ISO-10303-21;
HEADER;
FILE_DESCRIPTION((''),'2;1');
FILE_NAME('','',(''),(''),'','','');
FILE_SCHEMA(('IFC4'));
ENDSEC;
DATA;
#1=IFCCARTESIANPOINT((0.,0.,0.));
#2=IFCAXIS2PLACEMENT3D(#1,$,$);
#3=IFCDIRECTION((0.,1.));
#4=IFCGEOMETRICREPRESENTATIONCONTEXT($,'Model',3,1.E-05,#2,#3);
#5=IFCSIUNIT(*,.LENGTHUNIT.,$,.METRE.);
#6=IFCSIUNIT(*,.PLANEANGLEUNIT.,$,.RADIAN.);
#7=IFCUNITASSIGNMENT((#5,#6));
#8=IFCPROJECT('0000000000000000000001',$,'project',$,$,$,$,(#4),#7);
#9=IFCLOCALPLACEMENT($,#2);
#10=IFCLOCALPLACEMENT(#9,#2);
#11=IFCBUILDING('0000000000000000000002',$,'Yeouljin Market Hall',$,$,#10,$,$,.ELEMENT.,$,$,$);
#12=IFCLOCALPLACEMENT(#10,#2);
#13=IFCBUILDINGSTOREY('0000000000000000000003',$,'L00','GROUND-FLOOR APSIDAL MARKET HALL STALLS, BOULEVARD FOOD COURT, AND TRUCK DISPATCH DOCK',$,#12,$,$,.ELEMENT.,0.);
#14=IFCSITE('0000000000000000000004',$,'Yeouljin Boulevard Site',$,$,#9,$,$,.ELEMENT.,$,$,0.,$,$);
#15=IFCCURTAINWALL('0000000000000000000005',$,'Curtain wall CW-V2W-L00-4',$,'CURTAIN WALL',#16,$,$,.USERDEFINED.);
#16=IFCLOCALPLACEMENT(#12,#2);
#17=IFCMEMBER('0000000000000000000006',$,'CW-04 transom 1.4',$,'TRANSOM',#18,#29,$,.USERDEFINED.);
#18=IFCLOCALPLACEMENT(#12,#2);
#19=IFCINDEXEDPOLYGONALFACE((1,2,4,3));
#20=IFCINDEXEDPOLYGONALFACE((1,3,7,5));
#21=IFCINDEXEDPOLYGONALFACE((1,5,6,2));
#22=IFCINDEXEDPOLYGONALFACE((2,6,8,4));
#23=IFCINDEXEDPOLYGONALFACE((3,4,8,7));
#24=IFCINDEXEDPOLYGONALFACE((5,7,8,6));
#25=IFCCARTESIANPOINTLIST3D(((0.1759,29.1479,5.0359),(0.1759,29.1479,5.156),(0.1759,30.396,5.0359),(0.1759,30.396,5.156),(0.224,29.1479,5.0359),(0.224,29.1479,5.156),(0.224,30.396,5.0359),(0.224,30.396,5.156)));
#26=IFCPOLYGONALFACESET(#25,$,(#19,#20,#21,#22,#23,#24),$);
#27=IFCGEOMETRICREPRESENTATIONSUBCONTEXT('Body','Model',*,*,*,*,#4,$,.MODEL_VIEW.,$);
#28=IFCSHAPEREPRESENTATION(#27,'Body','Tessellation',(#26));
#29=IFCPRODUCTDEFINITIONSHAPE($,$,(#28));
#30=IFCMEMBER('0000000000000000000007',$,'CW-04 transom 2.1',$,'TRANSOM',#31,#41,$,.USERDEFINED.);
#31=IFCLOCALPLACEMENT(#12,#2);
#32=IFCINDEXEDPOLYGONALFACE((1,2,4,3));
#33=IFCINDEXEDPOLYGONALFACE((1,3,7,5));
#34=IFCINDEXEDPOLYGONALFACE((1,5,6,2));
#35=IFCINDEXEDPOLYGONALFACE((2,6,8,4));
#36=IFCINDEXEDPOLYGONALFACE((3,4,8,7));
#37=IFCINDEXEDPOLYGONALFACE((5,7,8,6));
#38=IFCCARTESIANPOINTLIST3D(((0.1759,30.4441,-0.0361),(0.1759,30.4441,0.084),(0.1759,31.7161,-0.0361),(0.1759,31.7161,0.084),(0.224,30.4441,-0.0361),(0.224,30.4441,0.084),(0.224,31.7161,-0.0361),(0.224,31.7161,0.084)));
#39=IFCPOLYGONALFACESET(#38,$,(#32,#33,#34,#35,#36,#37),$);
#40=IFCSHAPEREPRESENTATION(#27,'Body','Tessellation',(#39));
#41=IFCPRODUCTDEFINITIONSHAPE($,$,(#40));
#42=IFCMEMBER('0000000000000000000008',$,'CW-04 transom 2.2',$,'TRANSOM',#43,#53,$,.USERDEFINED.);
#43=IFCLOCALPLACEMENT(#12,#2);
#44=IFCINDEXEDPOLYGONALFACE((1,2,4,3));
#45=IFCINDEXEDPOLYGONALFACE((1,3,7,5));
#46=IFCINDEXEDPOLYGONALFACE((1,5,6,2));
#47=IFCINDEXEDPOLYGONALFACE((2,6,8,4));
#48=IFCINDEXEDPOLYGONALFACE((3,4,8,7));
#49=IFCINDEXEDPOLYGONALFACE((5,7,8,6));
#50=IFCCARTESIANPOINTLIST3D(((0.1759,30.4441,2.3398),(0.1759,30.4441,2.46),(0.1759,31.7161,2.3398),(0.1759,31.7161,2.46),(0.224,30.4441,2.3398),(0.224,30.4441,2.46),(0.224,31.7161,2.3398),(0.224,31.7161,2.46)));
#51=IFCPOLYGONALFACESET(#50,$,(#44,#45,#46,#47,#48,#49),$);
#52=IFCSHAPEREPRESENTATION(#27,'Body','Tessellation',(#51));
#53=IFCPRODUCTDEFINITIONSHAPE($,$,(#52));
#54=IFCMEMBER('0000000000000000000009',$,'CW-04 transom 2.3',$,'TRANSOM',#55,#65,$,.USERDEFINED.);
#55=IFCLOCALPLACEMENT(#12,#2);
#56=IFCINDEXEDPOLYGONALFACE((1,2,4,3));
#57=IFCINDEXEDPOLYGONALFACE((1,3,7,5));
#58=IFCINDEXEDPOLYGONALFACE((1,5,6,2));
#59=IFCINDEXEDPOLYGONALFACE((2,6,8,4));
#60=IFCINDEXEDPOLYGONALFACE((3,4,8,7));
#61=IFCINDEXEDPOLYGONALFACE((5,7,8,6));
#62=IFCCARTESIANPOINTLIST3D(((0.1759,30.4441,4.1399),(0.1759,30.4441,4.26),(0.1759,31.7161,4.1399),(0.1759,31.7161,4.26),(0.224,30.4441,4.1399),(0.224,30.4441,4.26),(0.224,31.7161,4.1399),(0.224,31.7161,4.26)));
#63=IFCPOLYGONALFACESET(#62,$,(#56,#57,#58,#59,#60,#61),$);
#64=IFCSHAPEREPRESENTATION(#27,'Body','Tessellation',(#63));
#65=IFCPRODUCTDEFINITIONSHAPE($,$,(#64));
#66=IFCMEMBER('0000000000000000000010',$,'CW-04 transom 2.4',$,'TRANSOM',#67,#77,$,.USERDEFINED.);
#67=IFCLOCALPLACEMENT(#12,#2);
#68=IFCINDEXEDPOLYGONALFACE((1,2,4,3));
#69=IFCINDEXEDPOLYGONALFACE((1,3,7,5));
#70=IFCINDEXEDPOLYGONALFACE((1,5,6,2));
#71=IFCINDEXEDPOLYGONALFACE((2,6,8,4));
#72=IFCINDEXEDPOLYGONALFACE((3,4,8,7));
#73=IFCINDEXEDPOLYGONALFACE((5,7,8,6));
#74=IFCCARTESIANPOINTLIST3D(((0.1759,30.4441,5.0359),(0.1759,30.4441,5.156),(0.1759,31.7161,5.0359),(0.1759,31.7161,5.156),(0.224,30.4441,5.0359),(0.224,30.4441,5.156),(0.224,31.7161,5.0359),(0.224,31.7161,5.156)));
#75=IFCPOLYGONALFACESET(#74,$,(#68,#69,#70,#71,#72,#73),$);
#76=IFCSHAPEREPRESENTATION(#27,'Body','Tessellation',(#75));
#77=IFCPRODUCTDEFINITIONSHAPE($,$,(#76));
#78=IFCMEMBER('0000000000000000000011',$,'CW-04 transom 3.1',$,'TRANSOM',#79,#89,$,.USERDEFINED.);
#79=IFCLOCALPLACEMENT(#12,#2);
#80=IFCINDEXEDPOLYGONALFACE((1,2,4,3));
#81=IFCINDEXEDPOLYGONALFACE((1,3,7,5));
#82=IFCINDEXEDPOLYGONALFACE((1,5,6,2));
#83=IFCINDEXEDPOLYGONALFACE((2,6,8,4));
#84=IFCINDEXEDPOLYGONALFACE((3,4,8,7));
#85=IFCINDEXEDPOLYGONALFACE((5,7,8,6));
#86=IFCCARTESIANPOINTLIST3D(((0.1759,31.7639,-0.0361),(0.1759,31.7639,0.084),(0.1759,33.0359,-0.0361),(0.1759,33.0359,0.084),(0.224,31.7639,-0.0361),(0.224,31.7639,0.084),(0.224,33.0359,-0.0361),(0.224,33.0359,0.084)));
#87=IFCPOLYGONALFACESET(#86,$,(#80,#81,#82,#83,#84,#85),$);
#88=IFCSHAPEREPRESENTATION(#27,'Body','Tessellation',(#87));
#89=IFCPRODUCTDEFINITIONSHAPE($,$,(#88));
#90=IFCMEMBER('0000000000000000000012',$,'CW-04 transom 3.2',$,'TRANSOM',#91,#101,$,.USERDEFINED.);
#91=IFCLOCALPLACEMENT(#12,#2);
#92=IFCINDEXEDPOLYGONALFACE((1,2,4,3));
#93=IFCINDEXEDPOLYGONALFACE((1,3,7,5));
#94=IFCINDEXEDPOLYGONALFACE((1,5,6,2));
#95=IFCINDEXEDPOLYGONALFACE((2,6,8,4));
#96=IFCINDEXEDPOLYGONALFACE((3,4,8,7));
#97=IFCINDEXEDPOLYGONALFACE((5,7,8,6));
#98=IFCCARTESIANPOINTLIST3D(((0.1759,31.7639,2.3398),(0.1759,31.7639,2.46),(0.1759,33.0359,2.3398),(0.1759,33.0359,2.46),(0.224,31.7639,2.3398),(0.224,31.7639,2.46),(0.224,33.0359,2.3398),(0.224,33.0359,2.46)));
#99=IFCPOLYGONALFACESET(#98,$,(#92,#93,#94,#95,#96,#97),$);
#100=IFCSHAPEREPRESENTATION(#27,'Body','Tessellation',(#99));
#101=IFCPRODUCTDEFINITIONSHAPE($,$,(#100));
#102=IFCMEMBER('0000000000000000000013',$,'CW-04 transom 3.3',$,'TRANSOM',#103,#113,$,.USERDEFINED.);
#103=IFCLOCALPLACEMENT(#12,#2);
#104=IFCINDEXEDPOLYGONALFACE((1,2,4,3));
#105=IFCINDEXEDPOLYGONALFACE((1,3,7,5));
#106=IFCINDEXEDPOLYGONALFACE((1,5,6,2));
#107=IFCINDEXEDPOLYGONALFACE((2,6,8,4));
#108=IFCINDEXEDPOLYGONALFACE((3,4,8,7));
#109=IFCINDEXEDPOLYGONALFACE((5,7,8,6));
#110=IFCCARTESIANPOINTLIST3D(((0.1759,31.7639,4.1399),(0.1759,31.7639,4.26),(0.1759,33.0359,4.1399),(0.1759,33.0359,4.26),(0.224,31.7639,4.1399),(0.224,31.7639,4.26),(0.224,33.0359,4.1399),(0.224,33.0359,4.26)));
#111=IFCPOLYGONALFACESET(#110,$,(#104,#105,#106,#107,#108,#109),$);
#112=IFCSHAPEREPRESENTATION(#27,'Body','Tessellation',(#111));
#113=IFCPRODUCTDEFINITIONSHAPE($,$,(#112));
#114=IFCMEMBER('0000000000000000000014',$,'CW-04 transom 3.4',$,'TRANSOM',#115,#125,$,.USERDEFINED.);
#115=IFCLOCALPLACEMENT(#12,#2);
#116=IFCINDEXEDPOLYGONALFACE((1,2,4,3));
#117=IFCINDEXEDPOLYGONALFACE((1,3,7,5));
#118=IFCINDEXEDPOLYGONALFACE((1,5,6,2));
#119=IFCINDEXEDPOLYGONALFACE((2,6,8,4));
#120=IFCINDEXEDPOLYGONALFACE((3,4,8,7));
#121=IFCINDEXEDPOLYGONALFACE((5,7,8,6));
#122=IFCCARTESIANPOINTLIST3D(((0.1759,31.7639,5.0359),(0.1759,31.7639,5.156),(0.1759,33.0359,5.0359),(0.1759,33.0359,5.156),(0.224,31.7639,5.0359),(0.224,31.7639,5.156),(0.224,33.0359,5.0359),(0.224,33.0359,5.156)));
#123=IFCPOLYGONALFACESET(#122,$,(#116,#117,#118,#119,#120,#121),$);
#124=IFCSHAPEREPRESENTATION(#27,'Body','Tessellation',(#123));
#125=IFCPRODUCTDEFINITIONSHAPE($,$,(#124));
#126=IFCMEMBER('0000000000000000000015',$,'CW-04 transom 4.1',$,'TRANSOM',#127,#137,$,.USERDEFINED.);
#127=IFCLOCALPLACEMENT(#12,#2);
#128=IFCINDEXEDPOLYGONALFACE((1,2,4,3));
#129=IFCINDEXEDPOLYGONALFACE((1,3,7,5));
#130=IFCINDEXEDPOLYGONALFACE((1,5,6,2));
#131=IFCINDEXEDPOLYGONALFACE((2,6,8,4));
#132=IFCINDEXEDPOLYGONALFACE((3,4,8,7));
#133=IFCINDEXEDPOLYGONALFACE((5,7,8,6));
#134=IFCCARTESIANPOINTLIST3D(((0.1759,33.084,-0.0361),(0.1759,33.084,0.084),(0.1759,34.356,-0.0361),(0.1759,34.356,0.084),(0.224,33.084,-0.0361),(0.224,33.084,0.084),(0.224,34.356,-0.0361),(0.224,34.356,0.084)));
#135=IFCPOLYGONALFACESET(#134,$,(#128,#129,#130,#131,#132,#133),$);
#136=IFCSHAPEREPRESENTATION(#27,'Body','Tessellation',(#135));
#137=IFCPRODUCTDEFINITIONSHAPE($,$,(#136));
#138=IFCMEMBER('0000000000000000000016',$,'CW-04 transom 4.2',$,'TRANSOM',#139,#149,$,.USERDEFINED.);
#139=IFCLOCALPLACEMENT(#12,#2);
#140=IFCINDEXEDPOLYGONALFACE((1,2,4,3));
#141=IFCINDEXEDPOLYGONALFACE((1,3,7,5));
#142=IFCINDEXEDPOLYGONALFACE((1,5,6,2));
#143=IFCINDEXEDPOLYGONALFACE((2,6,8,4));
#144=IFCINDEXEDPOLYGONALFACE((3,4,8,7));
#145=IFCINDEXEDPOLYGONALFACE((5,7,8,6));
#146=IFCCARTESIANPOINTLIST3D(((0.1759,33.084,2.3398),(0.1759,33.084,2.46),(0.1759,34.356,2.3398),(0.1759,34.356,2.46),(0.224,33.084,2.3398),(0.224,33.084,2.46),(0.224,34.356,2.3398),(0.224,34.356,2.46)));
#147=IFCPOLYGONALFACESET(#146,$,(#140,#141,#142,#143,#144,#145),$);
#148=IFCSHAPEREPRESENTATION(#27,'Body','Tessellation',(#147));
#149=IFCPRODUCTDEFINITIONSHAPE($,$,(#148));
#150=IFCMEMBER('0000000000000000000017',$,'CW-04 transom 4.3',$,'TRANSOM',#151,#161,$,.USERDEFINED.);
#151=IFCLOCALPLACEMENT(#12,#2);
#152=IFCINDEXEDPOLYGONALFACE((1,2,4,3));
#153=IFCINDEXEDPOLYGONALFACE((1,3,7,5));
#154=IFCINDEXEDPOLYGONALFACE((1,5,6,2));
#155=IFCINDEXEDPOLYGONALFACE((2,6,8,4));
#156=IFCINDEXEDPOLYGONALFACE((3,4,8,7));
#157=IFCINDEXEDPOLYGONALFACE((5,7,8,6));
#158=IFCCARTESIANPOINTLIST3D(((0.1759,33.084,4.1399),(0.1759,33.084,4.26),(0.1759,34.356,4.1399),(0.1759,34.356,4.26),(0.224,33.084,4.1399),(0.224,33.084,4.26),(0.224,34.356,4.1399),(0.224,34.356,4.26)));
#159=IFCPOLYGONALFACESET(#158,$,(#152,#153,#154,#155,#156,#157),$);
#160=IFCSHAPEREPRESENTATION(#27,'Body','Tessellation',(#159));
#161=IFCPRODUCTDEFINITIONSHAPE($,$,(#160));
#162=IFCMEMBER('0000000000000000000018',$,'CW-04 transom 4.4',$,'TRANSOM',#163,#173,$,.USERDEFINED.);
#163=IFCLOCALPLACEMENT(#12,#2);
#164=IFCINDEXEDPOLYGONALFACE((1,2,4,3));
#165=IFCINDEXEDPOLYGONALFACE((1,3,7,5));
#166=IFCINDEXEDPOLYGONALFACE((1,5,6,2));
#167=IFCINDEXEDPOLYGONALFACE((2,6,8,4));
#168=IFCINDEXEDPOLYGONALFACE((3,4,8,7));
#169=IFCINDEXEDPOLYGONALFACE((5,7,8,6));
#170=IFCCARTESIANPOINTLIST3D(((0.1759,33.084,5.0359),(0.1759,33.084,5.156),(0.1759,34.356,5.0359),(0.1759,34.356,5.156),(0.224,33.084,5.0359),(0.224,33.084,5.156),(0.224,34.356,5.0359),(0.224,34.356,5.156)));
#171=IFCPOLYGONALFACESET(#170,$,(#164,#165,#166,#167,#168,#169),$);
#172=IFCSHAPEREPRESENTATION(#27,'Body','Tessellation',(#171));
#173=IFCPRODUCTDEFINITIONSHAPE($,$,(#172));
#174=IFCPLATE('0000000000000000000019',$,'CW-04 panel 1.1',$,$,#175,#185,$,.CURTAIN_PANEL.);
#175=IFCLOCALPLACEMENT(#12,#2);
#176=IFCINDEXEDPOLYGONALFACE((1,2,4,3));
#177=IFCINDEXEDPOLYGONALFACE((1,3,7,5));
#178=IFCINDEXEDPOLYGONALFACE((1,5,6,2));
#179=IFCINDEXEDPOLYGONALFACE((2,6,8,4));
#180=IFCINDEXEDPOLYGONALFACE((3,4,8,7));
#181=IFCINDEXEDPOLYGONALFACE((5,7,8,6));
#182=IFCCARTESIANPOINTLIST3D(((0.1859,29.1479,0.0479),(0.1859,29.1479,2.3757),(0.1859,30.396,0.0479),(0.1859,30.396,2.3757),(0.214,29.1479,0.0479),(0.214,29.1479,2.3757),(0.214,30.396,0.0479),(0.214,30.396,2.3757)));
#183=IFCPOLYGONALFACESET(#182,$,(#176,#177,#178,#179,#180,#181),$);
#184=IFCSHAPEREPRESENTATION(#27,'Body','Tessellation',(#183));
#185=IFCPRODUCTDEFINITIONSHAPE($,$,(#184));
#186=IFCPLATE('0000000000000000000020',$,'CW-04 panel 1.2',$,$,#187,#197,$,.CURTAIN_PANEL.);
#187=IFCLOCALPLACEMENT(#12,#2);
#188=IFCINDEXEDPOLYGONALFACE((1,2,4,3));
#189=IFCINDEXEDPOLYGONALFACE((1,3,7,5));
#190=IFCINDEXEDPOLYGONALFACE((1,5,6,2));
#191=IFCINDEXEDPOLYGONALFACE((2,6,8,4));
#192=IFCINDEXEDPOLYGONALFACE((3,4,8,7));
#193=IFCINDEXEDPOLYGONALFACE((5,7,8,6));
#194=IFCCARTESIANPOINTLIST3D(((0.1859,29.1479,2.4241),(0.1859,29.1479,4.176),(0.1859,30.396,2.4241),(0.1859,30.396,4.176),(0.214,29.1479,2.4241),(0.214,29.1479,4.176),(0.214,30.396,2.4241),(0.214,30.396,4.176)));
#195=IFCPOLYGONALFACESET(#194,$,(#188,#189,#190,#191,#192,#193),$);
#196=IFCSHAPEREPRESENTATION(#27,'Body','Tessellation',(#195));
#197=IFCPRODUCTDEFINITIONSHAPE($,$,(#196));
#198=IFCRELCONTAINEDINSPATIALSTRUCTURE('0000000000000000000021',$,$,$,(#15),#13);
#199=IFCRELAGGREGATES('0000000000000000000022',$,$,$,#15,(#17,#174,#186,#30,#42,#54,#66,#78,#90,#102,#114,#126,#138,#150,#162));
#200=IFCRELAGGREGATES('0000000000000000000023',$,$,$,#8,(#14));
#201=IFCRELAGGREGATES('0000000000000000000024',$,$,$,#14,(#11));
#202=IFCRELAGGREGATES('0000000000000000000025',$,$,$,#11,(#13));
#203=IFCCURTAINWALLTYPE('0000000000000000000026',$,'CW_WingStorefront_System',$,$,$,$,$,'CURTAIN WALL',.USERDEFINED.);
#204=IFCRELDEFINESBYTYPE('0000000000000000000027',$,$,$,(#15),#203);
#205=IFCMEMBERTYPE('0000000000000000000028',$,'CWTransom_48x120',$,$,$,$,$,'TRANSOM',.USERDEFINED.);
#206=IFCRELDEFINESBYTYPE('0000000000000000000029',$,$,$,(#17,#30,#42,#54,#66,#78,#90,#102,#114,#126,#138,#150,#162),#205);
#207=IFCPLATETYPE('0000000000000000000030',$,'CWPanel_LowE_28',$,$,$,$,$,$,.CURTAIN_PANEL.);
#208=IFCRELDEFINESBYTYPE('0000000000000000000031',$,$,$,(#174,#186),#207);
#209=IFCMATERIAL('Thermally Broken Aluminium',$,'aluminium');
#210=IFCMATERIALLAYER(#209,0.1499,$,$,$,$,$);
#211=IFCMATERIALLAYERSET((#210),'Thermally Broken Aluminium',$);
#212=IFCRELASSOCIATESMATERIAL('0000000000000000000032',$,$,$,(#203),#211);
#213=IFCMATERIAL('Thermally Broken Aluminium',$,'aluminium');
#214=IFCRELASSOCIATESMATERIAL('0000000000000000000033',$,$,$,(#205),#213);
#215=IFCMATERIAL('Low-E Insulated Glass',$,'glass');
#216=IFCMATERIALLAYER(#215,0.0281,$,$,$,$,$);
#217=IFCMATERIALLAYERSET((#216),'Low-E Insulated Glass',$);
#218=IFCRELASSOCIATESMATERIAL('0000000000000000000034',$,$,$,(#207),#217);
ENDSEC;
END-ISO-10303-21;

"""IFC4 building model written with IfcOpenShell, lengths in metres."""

from ifc_helpers import new_model, si_unit, direction, frame, origin, origin_2d, place, context, subcontext, project, spatial, rectangle, extrude, material, layer, layer_set, material_profile, profile_set, type_object, element, aggregate, save


model = new_model("IFC4")

# Units and contexts
model_context = context("Model", 3, precision=1e-05, world=origin(), true_north=direction((0.0, 1.0)))
body_context = subcontext(model_context, "Body", "Model", "MODEL_VIEW")
ifc_project = project(units=[si_unit("LENGTHUNIT", "METRE"), si_unit("PLANEANGLEUNIT", "RADIAN")], contexts=[model_context])

# Site, building, storey
site_placement = place(None, origin())
site = spatial("IfcSite", under=ifc_project, at=site_placement, Name="Yeouljin Boulevard Site", CompositionType="ELEMENT", RefElevation=0.0)
building_placement = place(site_placement, origin())
building = spatial("IfcBuilding", under=site, at=building_placement, Name="Yeouljin Market Hall", CompositionType="ELEMENT")
storey_placement = place(building_placement, origin())
storey = spatial("IfcBuildingStorey", under=building, at=storey_placement, Name="L00", Description="GROUND-FLOOR APSIDAL MARKET HALL STALLS, BOULEVARD FOOD COURT, AND TRUCK DISPATCH DOCK", CompositionType="ELEMENT", Elevation=0.0)

# Curtain wall, members, plates
ifc_material_1 = material(Name="Thermally Broken Aluminium", Category="aluminium")
ifc_layer_1 = layer(ifc_material_1, 0.1499)
ifc_layer_set_1 = layer_set([ifc_layer_1], Name="Thermally Broken Aluminium")
curtain_wall_type = type_object("IfcCurtainWallType", Name="CW_WingStorefront_System", ElementType="CURTAIN WALL", PredefinedType="USERDEFINED", material=ifc_layer_set_1)
curtain_wall_placement = place(storey_placement, origin())
curtain_wall = element("IfcCurtainWall", 1, at=curtain_wall_placement, inside=storey, type_object=curtain_wall_type, Name="Curtain wall CW-V2W-L00-4", ObjectType="CURTAIN WALL", PredefinedType="USERDEFINED")
ifc_material_2 = material(Name="Thermally Broken Aluminium", Category="aluminium")
ifc_material_profile_1 = material_profile(ifc_material_2, rectangle(XDim=0.0481, YDim=0.1201, at=origin_2d()), Name="CW-TRAN-48x120")
ifc_profile_set_1 = profile_set([ifc_material_profile_1], Name="Thermally Broken Aluminium")
member_type_1 = type_object("IfcMemberType", Name="CWTransom_48x120", ElementType="TRANSOM", PredefinedType="USERDEFINED", material=ifc_profile_set_1)
member_1_placement = place(storey_placement, frame((0.2, 29.1479, 5.0959), z_axis=(0.0, 1.0, 0.0), x_axis=(-1.0, 0.0, 0.0)))
member_1 = element("IfcMember", 2, at=member_1_placement, type_object=member_type_1, Name="CW-04 transom 1.4", ObjectType="TRANSOM", PredefinedType="USERDEFINED", context=body_context, shape_type="SweptSolid", body=[
    extrude(rectangle(XDim=0.0481, YDim=0.1201, at=origin_2d()), origin(), (0.0, 0.0, 1.0), 1.248),
])
member_2_placement = place(storey_placement, frame((0.2, 30.4441, 0.0239), z_axis=(0.0, 1.0, 0.0), x_axis=(-1.0, 0.0, 0.0)))
member_2 = element("IfcMember", 3, at=member_2_placement, type_object=member_type_1, Name="CW-04 transom 2.1", ObjectType="TRANSOM", PredefinedType="USERDEFINED", context=body_context, shape_type="SweptSolid", body=[
    extrude(rectangle(XDim=0.0481, YDim=0.1201, at=origin_2d()), origin(), (0.0, 0.0, 1.0), 1.272),
])
member_3_placement = place(storey_placement, frame((0.2, 30.4441, 2.3999), z_axis=(0.0, 1.0, 0.0), x_axis=(-1.0, 0.0, 0.0)))
member_3 = element("IfcMember", 4, at=member_3_placement, type_object=member_type_1, Name="CW-04 transom 2.2", ObjectType="TRANSOM", PredefinedType="USERDEFINED", context=body_context, shape_type="SweptSolid", body=[
    extrude(rectangle(XDim=0.0481, YDim=0.1201, at=origin_2d()), origin(), (0.0, 0.0, 1.0), 1.272),
])
member_4_placement = place(storey_placement, frame((0.2, 30.4441, 4.2), z_axis=(0.0, 1.0, 0.0), x_axis=(-1.0, 0.0, 0.0)))
member_4 = element("IfcMember", 5, at=member_4_placement, type_object=member_type_1, Name="CW-04 transom 2.3", ObjectType="TRANSOM", PredefinedType="USERDEFINED", context=body_context, shape_type="SweptSolid", body=[
    extrude(rectangle(XDim=0.0481, YDim=0.1201, at=origin_2d()), origin(), (0.0, 0.0, 1.0), 1.272),
])
member_5_placement = place(storey_placement, frame((0.2, 30.4441, 5.0959), z_axis=(0.0, 1.0, 0.0), x_axis=(-1.0, 0.0, 0.0)))
member_5 = element("IfcMember", 6, at=member_5_placement, type_object=member_type_1, Name="CW-04 transom 2.4", ObjectType="TRANSOM", PredefinedType="USERDEFINED", context=body_context, shape_type="SweptSolid", body=[
    extrude(rectangle(XDim=0.0481, YDim=0.1201, at=origin_2d()), origin(), (0.0, 0.0, 1.0), 1.272),
])
member_6_placement = place(storey_placement, frame((0.2, 31.7639, 0.0239), z_axis=(0.0, 1.0, 0.0), x_axis=(-1.0, 0.0, 0.0)))
member_6 = element("IfcMember", 7, at=member_6_placement, type_object=member_type_1, Name="CW-04 transom 3.1", ObjectType="TRANSOM", PredefinedType="USERDEFINED", context=body_context, shape_type="SweptSolid", body=[
    extrude(rectangle(XDim=0.0481, YDim=0.1201, at=origin_2d()), origin(), (0.0, 0.0, 1.0), 1.272),
])
member_7_placement = place(storey_placement, frame((0.2, 31.7639, 2.3999), z_axis=(0.0, 1.0, 0.0), x_axis=(-1.0, 0.0, 0.0)))
member_7 = element("IfcMember", 8, at=member_7_placement, type_object=member_type_1, Name="CW-04 transom 3.2", ObjectType="TRANSOM", PredefinedType="USERDEFINED", context=body_context, shape_type="SweptSolid", body=[
    extrude(rectangle(XDim=0.0481, YDim=0.1201, at=origin_2d()), origin(), (0.0, 0.0, 1.0), 1.272),
])
member_8_placement = place(storey_placement, frame((0.2, 31.7639, 4.2), z_axis=(0.0, 1.0, 0.0), x_axis=(-1.0, 0.0, 0.0)))
member_8 = element("IfcMember", 9, at=member_8_placement, type_object=member_type_1, Name="CW-04 transom 3.3", ObjectType="TRANSOM", PredefinedType="USERDEFINED", context=body_context, shape_type="SweptSolid", body=[
    extrude(rectangle(XDim=0.0481, YDim=0.1201, at=origin_2d()), origin(), (0.0, 0.0, 1.0), 1.272),
])
member_9_placement = place(storey_placement, frame((0.2, 31.7639, 5.0959), z_axis=(0.0, 1.0, 0.0), x_axis=(-1.0, 0.0, 0.0)))
member_9 = element("IfcMember", 10, at=member_9_placement, type_object=member_type_1, Name="CW-04 transom 3.4", ObjectType="TRANSOM", PredefinedType="USERDEFINED", context=body_context, shape_type="SweptSolid", body=[
    extrude(rectangle(XDim=0.0481, YDim=0.1201, at=origin_2d()), origin(), (0.0, 0.0, 1.0), 1.272),
])
member_10_placement = place(storey_placement, frame((0.2, 33.084, 0.0239), z_axis=(0.0, 1.0, 0.0), x_axis=(-1.0, 0.0, 0.0)))
member_10 = element("IfcMember", 11, at=member_10_placement, type_object=member_type_1, Name="CW-04 transom 4.1", ObjectType="TRANSOM", PredefinedType="USERDEFINED", context=body_context, shape_type="SweptSolid", body=[
    extrude(rectangle(XDim=0.0481, YDim=0.1201, at=origin_2d()), origin(), (0.0, 0.0, 1.0), 1.272),
])
member_11_placement = place(storey_placement, frame((0.2, 33.084, 2.3999), z_axis=(0.0, 1.0, 0.0), x_axis=(-1.0, 0.0, 0.0)))
member_11 = element("IfcMember", 12, at=member_11_placement, type_object=member_type_1, Name="CW-04 transom 4.2", ObjectType="TRANSOM", PredefinedType="USERDEFINED", context=body_context, shape_type="SweptSolid", body=[
    extrude(rectangle(XDim=0.0481, YDim=0.1201, at=origin_2d()), origin(), (0.0, 0.0, 1.0), 1.272),
])
member_12_placement = place(storey_placement, frame((0.2, 33.084, 4.2), z_axis=(0.0, 1.0, 0.0), x_axis=(-1.0, 0.0, 0.0)))
member_12 = element("IfcMember", 13, at=member_12_placement, type_object=member_type_1, Name="CW-04 transom 4.3", ObjectType="TRANSOM", PredefinedType="USERDEFINED", context=body_context, shape_type="SweptSolid", body=[
    extrude(rectangle(XDim=0.0481, YDim=0.1201, at=origin_2d()), origin(), (0.0, 0.0, 1.0), 1.272),
])
member_13_placement = place(storey_placement, frame((0.2, 33.084, 5.0959), z_axis=(0.0, 1.0, 0.0), x_axis=(-1.0, 0.0, 0.0)))
member_13 = element("IfcMember", 14, at=member_13_placement, type_object=member_type_1, Name="CW-04 transom 4.4", ObjectType="TRANSOM", PredefinedType="USERDEFINED", context=body_context, shape_type="SweptSolid", body=[
    extrude(rectangle(XDim=0.0481, YDim=0.1201, at=origin_2d()), origin(), (0.0, 0.0, 1.0), 1.272),
])
ifc_material_3 = material(Name="Low-E Insulated Glass", Category="glass")
ifc_layer_2 = layer(ifc_material_3, 0.0281)
ifc_layer_set_2 = layer_set([ifc_layer_2], Name="Low-E Insulated Glass")
plate_type = type_object("IfcPlateType", Name="CWPanel_LowE_28", PredefinedType="CURTAIN_PANEL", material=ifc_layer_set_2)
plate_1_placement = place(storey_placement, frame((0.2, 29.772, 0.0479), z_axis=(0.0, 0.0, 1.0), x_axis=(0.0, 1.0, 0.0)))
plate_1 = element("IfcPlate", 15, at=plate_1_placement, type_object=plate_type, Name="CW-04 panel 1.1", PredefinedType="CURTAIN_PANEL", context=body_context, shape_type="SweptSolid", body=[
    extrude(rectangle(XDim=1.248, YDim=0.0281, at=origin_2d()), origin(), (0.0, 0.0, 1.0), 2.3279),
])
plate_2_placement = place(storey_placement, frame((0.2, 29.772, 2.4241), z_axis=(0.0, 0.0, 1.0), x_axis=(0.0, 1.0, 0.0)))
plate_2 = element("IfcPlate", 16, at=plate_2_placement, type_object=plate_type, Name="CW-04 panel 1.2", PredefinedType="CURTAIN_PANEL", context=body_context, shape_type="SweptSolid", body=[
    extrude(rectangle(XDim=1.248, YDim=0.0281, at=origin_2d()), origin(), (0.0, 0.0, 1.0), 1.752),
])
aggregate(curtain_wall, [member_1, plate_1, plate_2, member_2, member_3, member_4, member_5, member_6, member_7, member_8, member_9, member_10, member_11, member_12, member_13])

save(model, "model.ifc")
